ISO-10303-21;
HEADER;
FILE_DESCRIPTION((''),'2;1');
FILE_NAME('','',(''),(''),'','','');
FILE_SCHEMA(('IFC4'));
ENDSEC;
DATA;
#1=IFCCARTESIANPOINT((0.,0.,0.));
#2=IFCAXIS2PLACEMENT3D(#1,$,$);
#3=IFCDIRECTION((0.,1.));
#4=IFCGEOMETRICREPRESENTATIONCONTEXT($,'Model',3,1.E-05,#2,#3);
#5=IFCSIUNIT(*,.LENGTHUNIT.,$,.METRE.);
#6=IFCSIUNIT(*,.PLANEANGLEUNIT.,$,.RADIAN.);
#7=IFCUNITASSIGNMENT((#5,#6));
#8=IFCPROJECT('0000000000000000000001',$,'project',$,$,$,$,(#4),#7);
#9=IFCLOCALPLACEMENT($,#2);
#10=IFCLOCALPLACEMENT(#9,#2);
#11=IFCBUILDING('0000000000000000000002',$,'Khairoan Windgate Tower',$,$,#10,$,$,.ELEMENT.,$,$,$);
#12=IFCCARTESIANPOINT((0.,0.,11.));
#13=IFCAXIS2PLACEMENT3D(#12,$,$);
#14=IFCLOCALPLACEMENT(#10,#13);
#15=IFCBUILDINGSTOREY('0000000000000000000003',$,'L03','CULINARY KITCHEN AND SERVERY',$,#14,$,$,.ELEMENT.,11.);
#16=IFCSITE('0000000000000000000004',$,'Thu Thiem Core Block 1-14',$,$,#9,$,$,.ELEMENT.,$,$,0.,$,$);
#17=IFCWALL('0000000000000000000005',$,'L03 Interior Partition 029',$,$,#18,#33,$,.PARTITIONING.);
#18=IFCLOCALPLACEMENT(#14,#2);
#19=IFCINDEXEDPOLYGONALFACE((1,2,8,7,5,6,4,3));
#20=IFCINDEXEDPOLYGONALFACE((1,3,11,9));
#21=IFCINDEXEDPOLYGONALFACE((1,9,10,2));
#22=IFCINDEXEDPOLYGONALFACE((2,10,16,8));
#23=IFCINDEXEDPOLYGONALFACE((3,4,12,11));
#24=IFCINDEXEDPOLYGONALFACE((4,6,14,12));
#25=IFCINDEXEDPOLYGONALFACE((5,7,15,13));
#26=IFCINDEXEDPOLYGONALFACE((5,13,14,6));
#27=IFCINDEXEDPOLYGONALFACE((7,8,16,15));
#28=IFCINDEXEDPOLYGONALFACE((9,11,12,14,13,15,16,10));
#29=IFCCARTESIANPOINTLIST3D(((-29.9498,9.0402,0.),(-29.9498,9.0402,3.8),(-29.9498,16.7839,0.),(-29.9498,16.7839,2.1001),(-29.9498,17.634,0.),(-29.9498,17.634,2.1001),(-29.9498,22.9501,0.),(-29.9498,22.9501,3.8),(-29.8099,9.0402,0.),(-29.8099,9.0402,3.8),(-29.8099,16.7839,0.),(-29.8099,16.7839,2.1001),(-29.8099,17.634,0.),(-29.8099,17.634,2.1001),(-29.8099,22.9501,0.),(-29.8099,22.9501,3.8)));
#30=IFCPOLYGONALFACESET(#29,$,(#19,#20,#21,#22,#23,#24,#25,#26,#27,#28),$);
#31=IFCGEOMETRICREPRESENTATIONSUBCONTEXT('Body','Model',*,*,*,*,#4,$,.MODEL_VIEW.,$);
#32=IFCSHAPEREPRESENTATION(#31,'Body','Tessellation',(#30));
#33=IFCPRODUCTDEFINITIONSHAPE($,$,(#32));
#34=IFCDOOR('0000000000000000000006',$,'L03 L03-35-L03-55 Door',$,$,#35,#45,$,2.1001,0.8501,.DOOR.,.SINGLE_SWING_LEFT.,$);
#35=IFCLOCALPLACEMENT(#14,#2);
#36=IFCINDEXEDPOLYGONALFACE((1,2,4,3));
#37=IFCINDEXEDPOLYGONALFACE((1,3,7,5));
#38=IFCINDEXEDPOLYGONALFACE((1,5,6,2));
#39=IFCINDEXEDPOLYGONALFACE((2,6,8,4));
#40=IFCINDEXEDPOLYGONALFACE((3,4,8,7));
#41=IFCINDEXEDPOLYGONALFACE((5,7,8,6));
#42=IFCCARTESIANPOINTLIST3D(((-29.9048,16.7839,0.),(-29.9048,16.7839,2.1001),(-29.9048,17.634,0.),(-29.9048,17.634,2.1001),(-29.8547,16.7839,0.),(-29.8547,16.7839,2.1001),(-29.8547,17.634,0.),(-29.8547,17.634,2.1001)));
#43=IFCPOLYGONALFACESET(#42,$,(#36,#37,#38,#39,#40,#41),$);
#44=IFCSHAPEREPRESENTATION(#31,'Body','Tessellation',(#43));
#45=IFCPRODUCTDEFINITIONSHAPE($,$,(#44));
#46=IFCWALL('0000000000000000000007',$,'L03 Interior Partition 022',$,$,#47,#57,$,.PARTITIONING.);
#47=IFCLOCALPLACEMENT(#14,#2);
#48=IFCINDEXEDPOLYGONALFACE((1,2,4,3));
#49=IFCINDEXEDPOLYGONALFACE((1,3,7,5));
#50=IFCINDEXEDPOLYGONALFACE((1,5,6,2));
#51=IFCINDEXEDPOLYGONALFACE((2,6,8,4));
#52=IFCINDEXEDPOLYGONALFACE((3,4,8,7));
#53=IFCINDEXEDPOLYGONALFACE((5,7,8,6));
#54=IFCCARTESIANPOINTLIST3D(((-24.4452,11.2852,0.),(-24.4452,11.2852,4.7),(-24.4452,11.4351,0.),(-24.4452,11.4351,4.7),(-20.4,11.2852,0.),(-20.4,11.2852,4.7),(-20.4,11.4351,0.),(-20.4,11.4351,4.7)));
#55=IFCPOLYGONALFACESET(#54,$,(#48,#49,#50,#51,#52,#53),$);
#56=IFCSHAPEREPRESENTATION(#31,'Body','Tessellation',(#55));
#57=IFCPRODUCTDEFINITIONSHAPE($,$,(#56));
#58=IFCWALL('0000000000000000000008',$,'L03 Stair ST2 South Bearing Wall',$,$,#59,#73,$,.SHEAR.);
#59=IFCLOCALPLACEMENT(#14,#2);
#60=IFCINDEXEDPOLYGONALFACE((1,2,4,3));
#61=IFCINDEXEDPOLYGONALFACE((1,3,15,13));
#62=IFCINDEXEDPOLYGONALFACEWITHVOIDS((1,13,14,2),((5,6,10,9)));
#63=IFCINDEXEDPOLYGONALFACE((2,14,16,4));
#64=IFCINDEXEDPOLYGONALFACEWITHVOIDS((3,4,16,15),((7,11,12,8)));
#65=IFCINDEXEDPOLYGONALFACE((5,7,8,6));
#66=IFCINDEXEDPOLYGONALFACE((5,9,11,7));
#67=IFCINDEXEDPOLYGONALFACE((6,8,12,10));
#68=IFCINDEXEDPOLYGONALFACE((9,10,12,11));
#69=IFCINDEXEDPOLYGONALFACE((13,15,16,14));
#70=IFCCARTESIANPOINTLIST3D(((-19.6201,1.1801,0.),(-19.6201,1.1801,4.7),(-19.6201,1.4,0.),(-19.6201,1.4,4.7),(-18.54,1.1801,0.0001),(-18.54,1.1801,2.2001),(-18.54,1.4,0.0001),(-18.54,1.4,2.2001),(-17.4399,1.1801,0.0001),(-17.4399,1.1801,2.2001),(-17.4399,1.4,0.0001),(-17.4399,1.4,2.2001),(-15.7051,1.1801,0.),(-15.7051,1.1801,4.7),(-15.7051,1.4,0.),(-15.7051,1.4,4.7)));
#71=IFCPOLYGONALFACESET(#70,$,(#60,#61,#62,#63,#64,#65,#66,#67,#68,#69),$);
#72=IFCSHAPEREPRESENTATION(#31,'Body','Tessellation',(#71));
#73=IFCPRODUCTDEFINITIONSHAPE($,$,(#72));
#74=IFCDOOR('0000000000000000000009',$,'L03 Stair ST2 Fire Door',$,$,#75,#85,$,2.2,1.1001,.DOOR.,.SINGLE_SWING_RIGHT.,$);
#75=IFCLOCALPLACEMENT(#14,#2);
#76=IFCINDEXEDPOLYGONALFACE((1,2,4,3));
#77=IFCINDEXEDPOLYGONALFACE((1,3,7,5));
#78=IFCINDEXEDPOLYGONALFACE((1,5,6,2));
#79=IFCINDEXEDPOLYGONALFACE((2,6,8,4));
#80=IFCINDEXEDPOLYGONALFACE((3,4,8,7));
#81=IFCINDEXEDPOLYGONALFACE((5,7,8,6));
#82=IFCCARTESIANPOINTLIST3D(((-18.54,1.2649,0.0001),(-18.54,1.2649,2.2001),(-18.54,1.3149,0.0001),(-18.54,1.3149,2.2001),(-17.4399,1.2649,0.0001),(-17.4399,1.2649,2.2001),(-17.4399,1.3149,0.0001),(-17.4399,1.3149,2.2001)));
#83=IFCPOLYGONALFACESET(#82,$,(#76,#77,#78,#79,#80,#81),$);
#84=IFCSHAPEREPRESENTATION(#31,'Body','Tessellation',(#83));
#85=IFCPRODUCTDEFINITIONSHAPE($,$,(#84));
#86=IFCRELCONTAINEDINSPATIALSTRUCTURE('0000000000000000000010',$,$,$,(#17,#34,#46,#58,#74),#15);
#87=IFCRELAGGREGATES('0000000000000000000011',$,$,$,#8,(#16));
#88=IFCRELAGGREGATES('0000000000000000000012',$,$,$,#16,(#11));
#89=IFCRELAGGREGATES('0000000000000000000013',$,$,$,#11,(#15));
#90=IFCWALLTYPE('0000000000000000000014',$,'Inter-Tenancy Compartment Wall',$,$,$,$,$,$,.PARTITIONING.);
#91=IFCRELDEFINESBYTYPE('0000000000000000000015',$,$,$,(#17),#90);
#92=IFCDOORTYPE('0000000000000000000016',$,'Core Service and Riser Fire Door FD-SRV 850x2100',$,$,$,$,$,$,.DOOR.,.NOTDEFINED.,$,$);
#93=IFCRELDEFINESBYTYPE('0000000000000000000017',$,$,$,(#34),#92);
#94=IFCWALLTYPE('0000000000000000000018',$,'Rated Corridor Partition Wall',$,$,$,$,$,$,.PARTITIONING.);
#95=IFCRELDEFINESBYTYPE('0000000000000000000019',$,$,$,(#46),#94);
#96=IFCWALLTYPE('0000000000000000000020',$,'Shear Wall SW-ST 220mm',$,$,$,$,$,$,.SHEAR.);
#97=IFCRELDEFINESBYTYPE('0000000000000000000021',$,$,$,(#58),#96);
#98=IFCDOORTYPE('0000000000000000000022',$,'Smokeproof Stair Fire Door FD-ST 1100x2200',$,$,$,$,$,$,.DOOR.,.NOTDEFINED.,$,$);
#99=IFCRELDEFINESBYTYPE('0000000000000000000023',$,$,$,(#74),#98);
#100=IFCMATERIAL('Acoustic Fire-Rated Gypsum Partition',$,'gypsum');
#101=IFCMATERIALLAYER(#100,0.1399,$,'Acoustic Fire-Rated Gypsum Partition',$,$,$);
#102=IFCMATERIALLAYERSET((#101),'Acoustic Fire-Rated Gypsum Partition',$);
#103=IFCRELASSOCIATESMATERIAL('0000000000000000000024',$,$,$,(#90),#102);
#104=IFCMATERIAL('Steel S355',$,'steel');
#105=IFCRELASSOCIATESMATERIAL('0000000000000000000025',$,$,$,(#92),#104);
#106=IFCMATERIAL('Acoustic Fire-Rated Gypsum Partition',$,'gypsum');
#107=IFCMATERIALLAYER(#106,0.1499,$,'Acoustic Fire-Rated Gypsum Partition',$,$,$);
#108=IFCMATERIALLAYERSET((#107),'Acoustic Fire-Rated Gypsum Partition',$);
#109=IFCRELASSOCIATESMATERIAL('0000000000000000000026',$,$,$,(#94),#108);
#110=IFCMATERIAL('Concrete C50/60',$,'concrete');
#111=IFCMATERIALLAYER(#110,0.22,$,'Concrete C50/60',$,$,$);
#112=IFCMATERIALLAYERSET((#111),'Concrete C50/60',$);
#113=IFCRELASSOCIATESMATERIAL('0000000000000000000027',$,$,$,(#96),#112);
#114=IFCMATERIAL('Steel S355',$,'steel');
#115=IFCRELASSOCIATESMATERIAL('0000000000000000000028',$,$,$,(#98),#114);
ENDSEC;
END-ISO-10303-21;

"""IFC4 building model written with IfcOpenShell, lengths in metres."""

from ifc_helpers import new_model, si_unit, direction, frame, frame_2d, origin, place, context, subcontext, project, spatial, rectangle, extrude, material, layer, layer_set, type_object, element, fill, save


model = new_model("IFC4")

# Units and contexts
model_context = context("Model", 3, precision=1e-05, world=origin(), true_north=direction((0.0, 1.0)))
body_context = subcontext(model_context, "Body", "Model", "MODEL_VIEW")
ifc_project = project(units=[si_unit("LENGTHUNIT", "METRE"), si_unit("PLANEANGLEUNIT", "RADIAN")], contexts=[model_context])

# Site, building, storey
site_placement = place(None, origin())
site = spatial("IfcSite", under=ifc_project, at=site_placement, Name="Thu Thiem Core Block 1-14", CompositionType="ELEMENT", RefElevation=0.0)
building_placement = place(site_placement, origin())
building = spatial("IfcBuilding", under=site, at=building_placement, Name="Khairoan Windgate Tower", CompositionType="ELEMENT")
storey_placement = place(building_placement, frame((0.0, 0.0, 11.0)))
storey = spatial("IfcBuildingStorey", under=building, at=storey_placement, Name="L03", Description="CULINARY KITCHEN AND SERVERY", CompositionType="ELEMENT", Elevation=11.0)

# Shared definitions
ifc_material_1 = material(Name="Acoustic Fire-Rated Gypsum Partition", Category="gypsum")
ifc_layer_1 = layer(ifc_material_1, 0.1399, Name="Acoustic Fire-Rated Gypsum Partition")
ifc_layer_set_1 = layer_set([ifc_layer_1], Name="Acoustic Fire-Rated Gypsum Partition")
wall_type_1 = type_object("IfcWallType", Name="Inter-Tenancy Compartment Wall", PredefinedType="PARTITIONING", material=ifc_layer_set_1)

# Wall, opening, door
wall_1_placement = place(storey_placement, frame((-29.8799, 9.04, 0.0), z_axis=(0.0, 0.0, 1.0), x_axis=(0.0, 1.0, 0.0)))
wall_1 = element("IfcWall", 1, at=wall_1_placement, inside=storey, type_object=wall_type_1, Name="L03 Interior Partition 029", PredefinedType="PARTITIONING", context=body_context, shape_type="SweptSolid", body=[
    extrude(rectangle(XDim=13.9099, YDim=0.1399, at=frame_2d((6.9551, 0.0))), origin(), (0.0, 0.0, 1.0), 3.8),
])
opening_1_placement = place(wall_1_placement, frame((7.7439, 0.0, 0.0)))
opening_1 = element("IfcOpeningElement", 2, at=opening_1_placement, cuts=wall_1, PredefinedType="OPENING", context=body_context, shape_type="SweptSolid", body=[
    extrude(rectangle(XDim=0.8501, YDim=2.1001, at=frame_2d((0.425, 1.05))), frame((0.0, 0.0798, 0.0), z_axis=(0.0, -1.0, 0.0), x_axis=(1.0, 0.0, 0.0)), (0.0, 0.0, 1.0), 0.1599),
])
ifc_material_2 = material(Name="Steel S355", Category="steel")
door_type_1 = type_object("IfcDoorType", Name="Core Service and Riser Fire Door FD-SRV 850x2100", OperationType="NOTDEFINED", PredefinedType="DOOR", material=ifc_material_2)
door_1_placement = place(opening_1_placement, origin())
door_1 = element("IfcDoor", 3, at=door_1_placement, inside=storey, type_object=door_type_1, Name="L03 L03-35-L03-55 Door", OperationType="SINGLE_SWING_LEFT", OverallHeight=2.1001, OverallWidth=0.8501, PredefinedType="DOOR", context=body_context, shape_type="SweptSolid", body=[
    extrude(rectangle(XDim=0.8501, YDim=2.1001, at=frame_2d((0.425, 1.05))), frame((0.0, 0.0249, 0.0), z_axis=(0.0, -1.0, 0.0), x_axis=(1.0, 0.0, 0.0)), (0.0, 0.0, 1.0), 0.05),
])
fill(opening_1, door_1)

# Wall
ifc_material_3 = material(Name="Acoustic Fire-Rated Gypsum Partition", Category="gypsum")
ifc_layer_2 = layer(ifc_material_3, 0.1499, Name="Acoustic Fire-Rated Gypsum Partition")
ifc_layer_set_2 = layer_set([ifc_layer_2], Name="Acoustic Fire-Rated Gypsum Partition")
wall_type_2 = type_object("IfcWallType", Name="Rated Corridor Partition Wall", PredefinedType="PARTITIONING", material=ifc_layer_set_2)
wall_2_placement = place(storey_placement, frame((-24.4451, 11.3601, 0.0), z_axis=(0.0, 0.0, 1.0), x_axis=(1.0, 0.0, 0.0)))
element("IfcWall", 4, at=wall_2_placement, inside=storey, type_object=wall_type_2, Name="L03 Interior Partition 022", PredefinedType="PARTITIONING", context=body_context, shape_type="SweptSolid", body=[
    extrude(rectangle(XDim=4.0452, YDim=0.1499, at=frame_2d((2.0225, 0.0))), origin(), (0.0, 0.0, 1.0), 4.7),
])

# Wall, opening, door
ifc_material_4 = material(Name="Concrete C50/60", Category="concrete")
ifc_layer_3 = layer(ifc_material_4, 0.22, Name="Concrete C50/60")
ifc_layer_set_3 = layer_set([ifc_layer_3], Name="Concrete C50/60")
wall_type_3 = type_object("IfcWallType", Name="Shear Wall SW-ST 220mm", PredefinedType="SHEAR", material=ifc_layer_set_3)
wall_3_placement = place(storey_placement, frame((-19.6201, 1.29, 0.0), z_axis=(0.0, 0.0, 1.0), x_axis=(1.0, 0.0, 0.0)))
wall_3 = element("IfcWall", 5, at=wall_3_placement, inside=storey, type_object=wall_type_3, Name="L03 Stair ST2 South Bearing Wall", PredefinedType="SHEAR", context=body_context, shape_type="SweptSolid", body=[
    extrude(rectangle(XDim=3.915, YDim=0.22, at=frame_2d((1.9575, 0.0))), origin(), (0.0, 0.0, 1.0), 4.7),
])
opening_2_placement = place(wall_3_placement, frame((1.0801, 0.0, 0.0)))
opening_2 = element("IfcOpeningElement", 6, at=opening_2_placement, cuts=wall_3, PredefinedType="OPENING", context=body_context, shape_type="SweptSolid", body=[
    extrude(rectangle(XDim=1.1001, YDim=2.2, at=frame_2d((0.55, 1.1001))), frame((0.0, 0.1199, 0.0), z_axis=(0.0, -1.0, 0.0), x_axis=(1.0, 0.0, 0.0)), (0.0, 0.0, 1.0), 0.24),
])
ifc_material_5 = material(Name="Steel S355", Category="steel")
door_type_2 = type_object("IfcDoorType", Name="Smokeproof Stair Fire Door FD-ST 1100x2200", OperationType="NOTDEFINED", PredefinedType="DOOR", material=ifc_material_5)
door_2_placement = place(opening_2_placement, origin())
door_2 = element("IfcDoor", 7, at=door_2_placement, inside=storey, type_object=door_type_2, Name="L03 Stair ST2 Fire Door", OperationType="SINGLE_SWING_RIGHT", OverallHeight=2.2, OverallWidth=1.1001, PredefinedType="DOOR", context=body_context, shape_type="SweptSolid", body=[
    extrude(rectangle(XDim=1.1001, YDim=2.2, at=frame_2d((0.55, 1.1001))), frame((0.0, 0.0249, 0.0), z_axis=(0.0, -1.0, 0.0), x_axis=(1.0, 0.0, 0.0)), (0.0, 0.0, 1.0), 0.05),
])
fill(opening_2, door_2)

save(model, "model.ifc")
